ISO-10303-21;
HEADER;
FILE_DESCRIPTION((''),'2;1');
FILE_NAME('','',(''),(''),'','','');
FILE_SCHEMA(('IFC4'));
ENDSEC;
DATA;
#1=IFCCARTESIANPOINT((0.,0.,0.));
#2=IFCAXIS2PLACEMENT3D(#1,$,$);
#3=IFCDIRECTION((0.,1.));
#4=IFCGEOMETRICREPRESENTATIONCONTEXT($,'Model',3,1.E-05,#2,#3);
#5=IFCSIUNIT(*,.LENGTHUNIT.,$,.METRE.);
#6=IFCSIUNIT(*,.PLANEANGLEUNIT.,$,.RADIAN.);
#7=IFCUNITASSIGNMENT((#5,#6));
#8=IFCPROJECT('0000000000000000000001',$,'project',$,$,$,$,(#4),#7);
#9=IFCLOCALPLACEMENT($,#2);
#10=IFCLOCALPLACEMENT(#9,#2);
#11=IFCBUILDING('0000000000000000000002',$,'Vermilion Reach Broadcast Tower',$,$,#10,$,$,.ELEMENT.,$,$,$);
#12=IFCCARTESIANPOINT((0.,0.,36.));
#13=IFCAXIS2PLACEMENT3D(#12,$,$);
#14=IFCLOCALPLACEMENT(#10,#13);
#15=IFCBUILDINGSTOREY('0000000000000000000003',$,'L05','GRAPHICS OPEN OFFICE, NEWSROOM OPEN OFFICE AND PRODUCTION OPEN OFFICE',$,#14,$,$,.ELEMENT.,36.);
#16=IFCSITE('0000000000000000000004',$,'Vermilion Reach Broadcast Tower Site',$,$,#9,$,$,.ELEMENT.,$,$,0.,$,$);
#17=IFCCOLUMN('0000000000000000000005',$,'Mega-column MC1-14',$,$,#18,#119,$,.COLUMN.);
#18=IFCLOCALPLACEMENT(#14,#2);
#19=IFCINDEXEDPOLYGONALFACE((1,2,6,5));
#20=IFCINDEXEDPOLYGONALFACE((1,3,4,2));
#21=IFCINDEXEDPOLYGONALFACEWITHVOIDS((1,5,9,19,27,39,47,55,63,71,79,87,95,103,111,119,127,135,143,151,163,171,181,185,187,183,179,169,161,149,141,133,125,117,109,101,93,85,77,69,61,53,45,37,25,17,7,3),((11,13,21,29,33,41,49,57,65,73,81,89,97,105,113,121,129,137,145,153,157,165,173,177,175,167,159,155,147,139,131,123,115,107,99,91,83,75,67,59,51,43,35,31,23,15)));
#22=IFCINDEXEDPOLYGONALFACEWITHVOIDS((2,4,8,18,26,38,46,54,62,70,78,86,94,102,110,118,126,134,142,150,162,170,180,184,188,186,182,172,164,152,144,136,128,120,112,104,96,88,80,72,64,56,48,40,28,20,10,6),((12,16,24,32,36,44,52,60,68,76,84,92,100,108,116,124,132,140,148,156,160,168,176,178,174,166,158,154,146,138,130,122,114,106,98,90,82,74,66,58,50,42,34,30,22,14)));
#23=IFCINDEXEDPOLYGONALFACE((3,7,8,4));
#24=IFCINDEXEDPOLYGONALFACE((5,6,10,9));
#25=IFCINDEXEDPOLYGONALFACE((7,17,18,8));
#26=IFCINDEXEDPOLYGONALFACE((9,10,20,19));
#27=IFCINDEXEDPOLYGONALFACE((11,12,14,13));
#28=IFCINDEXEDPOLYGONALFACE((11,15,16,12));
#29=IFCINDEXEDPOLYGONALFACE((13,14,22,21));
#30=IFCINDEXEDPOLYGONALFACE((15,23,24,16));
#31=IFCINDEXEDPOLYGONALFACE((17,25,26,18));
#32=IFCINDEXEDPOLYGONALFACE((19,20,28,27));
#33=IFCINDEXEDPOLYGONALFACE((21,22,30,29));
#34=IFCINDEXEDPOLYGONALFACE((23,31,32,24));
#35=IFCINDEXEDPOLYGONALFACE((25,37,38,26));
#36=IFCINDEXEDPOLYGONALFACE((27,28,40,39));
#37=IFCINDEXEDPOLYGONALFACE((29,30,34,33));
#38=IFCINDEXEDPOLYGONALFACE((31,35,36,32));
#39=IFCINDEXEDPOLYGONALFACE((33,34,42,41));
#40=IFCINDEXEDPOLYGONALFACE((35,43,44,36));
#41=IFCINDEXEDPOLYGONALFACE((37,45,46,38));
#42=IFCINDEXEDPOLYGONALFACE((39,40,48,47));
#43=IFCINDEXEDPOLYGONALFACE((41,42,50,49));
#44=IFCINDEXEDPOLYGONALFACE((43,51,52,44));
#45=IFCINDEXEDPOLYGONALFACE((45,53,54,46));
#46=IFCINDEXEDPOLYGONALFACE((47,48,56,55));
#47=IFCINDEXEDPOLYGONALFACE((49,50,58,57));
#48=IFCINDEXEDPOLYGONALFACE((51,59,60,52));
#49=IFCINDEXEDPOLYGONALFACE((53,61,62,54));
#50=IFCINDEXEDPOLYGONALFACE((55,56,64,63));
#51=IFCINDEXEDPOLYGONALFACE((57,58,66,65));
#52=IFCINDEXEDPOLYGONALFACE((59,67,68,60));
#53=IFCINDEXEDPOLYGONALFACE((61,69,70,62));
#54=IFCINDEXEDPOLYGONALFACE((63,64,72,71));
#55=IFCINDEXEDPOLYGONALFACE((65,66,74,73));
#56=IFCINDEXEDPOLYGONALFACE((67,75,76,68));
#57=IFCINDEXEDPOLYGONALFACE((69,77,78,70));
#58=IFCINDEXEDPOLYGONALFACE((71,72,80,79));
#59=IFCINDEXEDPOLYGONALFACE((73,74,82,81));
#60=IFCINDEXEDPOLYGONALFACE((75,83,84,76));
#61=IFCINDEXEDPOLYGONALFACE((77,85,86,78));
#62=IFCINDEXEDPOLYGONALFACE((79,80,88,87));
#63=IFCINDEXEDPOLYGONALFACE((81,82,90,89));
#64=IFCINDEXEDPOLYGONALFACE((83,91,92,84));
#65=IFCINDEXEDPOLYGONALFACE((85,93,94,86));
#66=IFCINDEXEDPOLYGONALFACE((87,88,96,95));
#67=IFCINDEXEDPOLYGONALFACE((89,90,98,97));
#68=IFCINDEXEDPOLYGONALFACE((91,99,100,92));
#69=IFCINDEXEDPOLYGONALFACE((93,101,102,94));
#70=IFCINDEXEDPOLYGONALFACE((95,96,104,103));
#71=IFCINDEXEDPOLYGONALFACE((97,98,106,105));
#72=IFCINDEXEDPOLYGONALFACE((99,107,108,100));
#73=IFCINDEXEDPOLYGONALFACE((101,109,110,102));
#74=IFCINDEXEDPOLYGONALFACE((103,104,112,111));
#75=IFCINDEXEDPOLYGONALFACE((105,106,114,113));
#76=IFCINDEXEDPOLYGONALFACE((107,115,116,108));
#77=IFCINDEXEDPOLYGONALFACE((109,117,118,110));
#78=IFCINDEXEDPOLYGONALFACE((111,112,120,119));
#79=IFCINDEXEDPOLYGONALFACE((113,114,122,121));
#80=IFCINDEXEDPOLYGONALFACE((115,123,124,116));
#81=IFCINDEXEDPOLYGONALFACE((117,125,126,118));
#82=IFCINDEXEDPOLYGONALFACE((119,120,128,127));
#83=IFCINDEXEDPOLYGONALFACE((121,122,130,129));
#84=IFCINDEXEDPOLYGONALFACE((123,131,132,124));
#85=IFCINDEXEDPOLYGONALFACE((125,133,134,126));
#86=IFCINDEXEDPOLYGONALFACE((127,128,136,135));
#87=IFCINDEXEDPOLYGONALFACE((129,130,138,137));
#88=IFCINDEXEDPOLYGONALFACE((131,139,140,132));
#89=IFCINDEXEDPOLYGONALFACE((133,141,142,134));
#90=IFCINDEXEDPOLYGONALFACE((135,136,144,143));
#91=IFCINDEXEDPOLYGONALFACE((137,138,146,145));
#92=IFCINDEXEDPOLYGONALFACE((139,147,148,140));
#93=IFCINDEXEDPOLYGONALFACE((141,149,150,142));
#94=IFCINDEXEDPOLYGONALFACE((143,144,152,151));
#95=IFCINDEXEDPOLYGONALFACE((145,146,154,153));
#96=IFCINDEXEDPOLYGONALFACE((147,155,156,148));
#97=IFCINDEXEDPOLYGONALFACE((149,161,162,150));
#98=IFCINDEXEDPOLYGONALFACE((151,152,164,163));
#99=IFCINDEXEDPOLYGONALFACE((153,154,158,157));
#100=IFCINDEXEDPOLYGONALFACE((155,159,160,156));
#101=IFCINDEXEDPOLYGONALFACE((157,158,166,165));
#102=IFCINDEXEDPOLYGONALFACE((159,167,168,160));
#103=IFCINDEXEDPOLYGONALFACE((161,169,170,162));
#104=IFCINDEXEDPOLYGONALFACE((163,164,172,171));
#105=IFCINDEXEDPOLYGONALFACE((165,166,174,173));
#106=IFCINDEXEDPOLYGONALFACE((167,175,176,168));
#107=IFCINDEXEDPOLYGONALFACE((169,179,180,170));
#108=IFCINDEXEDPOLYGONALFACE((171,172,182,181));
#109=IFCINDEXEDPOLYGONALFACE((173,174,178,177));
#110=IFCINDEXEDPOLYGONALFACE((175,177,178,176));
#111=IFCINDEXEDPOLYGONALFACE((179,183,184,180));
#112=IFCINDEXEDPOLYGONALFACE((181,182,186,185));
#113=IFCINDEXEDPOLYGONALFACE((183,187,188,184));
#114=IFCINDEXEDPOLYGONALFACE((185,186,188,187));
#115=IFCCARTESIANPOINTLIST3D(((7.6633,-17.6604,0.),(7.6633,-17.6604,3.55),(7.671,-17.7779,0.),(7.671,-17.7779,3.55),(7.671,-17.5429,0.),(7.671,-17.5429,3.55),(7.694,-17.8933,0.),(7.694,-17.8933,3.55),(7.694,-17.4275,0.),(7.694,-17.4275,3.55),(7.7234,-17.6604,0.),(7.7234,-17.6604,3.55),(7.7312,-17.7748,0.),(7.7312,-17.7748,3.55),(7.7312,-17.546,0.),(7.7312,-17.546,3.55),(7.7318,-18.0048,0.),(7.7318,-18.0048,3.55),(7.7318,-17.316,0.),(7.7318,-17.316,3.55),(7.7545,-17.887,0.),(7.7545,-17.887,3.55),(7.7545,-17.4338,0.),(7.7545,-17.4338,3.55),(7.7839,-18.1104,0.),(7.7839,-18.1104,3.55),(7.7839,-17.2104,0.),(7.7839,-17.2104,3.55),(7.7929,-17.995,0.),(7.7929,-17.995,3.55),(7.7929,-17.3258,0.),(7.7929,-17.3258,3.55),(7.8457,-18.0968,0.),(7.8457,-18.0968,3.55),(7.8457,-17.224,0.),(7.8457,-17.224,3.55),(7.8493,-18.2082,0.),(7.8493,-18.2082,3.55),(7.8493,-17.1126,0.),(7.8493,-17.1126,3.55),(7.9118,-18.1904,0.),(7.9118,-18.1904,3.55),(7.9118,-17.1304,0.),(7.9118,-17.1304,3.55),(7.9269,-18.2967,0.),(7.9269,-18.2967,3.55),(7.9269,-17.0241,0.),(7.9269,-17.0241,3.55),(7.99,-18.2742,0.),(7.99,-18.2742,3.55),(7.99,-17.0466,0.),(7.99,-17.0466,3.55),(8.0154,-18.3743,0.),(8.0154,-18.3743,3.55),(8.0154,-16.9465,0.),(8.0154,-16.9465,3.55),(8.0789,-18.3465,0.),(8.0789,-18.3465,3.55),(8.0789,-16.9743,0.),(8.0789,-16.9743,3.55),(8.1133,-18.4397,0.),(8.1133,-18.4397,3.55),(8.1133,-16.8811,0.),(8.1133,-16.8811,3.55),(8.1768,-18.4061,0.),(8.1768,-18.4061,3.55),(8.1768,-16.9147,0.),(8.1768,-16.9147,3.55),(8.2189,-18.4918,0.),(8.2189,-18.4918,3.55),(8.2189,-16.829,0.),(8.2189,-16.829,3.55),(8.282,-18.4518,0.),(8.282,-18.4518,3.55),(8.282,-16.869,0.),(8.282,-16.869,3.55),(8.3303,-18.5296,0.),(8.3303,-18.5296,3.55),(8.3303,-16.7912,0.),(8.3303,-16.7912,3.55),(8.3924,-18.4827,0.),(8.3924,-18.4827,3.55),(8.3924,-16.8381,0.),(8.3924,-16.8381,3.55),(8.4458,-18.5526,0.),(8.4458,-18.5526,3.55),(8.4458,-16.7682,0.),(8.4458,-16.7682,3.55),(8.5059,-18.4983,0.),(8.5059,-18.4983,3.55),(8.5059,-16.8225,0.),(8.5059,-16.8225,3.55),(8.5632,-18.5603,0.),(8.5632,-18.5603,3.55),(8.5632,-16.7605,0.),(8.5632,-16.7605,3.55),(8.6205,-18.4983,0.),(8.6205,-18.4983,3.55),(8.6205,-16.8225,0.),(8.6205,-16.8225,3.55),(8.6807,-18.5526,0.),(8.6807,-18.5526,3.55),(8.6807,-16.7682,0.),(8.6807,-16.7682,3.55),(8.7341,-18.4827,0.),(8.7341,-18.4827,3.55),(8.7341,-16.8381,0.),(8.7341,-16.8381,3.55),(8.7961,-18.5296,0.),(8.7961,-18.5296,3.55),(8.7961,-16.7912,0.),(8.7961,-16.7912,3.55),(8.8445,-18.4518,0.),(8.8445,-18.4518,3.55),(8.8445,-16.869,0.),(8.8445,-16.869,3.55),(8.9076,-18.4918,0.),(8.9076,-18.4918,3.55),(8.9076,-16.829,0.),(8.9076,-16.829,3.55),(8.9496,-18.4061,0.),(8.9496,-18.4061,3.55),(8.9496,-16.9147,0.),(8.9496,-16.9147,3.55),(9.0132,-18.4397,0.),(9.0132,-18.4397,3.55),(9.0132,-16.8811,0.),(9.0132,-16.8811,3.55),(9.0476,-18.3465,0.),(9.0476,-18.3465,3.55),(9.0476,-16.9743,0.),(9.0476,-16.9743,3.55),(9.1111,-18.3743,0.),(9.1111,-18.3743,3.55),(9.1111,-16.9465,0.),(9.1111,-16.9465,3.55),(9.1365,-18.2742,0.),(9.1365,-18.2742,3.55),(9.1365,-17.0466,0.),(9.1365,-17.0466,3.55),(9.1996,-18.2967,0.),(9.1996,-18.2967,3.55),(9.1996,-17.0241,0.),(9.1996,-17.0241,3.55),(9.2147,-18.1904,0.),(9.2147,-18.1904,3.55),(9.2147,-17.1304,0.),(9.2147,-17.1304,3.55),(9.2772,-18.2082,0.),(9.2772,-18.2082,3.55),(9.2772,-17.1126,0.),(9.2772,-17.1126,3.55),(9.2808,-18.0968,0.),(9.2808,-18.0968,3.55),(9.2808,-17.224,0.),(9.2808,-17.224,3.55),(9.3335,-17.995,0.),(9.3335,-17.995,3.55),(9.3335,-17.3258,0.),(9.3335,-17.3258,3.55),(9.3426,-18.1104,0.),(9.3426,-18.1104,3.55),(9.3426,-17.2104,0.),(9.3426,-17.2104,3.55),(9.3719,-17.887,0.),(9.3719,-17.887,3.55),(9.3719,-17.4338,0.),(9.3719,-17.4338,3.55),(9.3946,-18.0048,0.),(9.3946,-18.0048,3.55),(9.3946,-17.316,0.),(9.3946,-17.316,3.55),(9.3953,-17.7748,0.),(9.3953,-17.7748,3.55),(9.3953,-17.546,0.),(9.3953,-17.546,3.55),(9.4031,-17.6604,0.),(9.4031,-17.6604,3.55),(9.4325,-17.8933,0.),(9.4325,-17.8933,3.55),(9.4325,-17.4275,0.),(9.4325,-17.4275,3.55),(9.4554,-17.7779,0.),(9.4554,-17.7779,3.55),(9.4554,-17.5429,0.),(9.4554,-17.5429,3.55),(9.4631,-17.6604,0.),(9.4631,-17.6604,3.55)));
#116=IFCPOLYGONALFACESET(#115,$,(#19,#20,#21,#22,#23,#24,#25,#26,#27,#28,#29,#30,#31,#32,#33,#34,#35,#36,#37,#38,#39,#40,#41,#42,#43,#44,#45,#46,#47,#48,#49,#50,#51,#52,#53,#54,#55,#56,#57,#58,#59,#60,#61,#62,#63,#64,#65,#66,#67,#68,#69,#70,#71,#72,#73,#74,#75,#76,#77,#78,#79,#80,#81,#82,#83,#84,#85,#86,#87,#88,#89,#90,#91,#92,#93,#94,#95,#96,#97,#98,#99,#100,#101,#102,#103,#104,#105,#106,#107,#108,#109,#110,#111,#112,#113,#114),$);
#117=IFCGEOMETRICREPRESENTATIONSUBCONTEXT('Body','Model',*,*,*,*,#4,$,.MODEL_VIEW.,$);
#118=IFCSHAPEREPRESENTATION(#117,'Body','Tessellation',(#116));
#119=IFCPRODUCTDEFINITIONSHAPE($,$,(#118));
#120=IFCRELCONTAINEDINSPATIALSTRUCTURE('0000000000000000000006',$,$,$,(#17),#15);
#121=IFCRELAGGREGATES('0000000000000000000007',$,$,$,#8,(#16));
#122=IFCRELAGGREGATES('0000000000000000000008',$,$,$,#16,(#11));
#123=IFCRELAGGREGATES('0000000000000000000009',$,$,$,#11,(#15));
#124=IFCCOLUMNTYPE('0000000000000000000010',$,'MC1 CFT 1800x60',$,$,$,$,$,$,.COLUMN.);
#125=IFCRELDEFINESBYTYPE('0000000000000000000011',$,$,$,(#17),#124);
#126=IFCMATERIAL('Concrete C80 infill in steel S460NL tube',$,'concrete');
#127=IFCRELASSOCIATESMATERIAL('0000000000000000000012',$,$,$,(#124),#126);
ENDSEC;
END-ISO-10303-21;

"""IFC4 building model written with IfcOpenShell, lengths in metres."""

from ifc_helpers import new_model, si_unit, direction, frame, origin, origin_2d, place, context, subcontext, project, spatial, hollow_circle, extrude, material, material_profile, profile_set, type_object, element, save


model = new_model("IFC4")

# Units and contexts
model_context = context("Model", 3, precision=1e-05, world=origin(), true_north=direction((0.0, 1.0)))
body_context = subcontext(model_context, "Body", "Model", "MODEL_VIEW")
ifc_project = project(units=[si_unit("LENGTHUNIT", "METRE"), si_unit("PLANEANGLEUNIT", "RADIAN")], contexts=[model_context])

# Site, building, storey
site_placement = place(None, origin())
site = spatial("IfcSite", under=ifc_project, at=site_placement, Name="Vermilion Reach Broadcast Tower Site", CompositionType="ELEMENT", RefElevation=0.0)
building_placement = place(site_placement, origin())
building = spatial("IfcBuilding", under=site, at=building_placement, Name="Vermilion Reach Broadcast Tower", CompositionType="ELEMENT")
storey_placement = place(building_placement, frame((0.0, 0.0, 36.0)))
storey = spatial("IfcBuildingStorey", under=building, at=storey_placement, Name="L05", Description="GRAPHICS OPEN OFFICE, NEWSROOM OPEN OFFICE AND PRODUCTION OPEN OFFICE", CompositionType="ELEMENT", Elevation=36.0)

# Column
ifc_material_1 = material(Name="Concrete C80 infill in steel S460NL tube", Category="concrete")
ifc_material_profile_1 = material_profile(ifc_material_1, hollow_circle(Radius=0.8999, WallThickness=0.0601, at=origin_2d()), Name="Concrete C80 infill in steel S460NL tube CFT 1800x60")
ifc_profile_set_1 = profile_set([ifc_material_profile_1], Name="Concrete C80 infill in steel S460NL tube")
column_type = type_object("IfcColumnType", Name="MC1 CFT 1800x60", PredefinedType="COLUMN", material=ifc_profile_set_1)
for number, where, z_axis, x_axis, name in (
    (1, (8.5632, -17.6604, 0.0), (0.0, 0.0, 1.0), (1.0, 0.0, 0.0), "Mega-column MC1-14"),
):
    element("IfcColumn", number, at=place(storey_placement, frame(where, z_axis=z_axis, x_axis=x_axis)), inside=storey, type_object=column_type, Name=name, PredefinedType="COLUMN", context=body_context, shape_type="SweptSolid", body=[
        extrude(hollow_circle(Radius=0.8999, WallThickness=0.0601, at=origin_2d()), origin(), (0.0, 0.0, 1.0), 3.55),
    ])

save(model, "model.ifc")
